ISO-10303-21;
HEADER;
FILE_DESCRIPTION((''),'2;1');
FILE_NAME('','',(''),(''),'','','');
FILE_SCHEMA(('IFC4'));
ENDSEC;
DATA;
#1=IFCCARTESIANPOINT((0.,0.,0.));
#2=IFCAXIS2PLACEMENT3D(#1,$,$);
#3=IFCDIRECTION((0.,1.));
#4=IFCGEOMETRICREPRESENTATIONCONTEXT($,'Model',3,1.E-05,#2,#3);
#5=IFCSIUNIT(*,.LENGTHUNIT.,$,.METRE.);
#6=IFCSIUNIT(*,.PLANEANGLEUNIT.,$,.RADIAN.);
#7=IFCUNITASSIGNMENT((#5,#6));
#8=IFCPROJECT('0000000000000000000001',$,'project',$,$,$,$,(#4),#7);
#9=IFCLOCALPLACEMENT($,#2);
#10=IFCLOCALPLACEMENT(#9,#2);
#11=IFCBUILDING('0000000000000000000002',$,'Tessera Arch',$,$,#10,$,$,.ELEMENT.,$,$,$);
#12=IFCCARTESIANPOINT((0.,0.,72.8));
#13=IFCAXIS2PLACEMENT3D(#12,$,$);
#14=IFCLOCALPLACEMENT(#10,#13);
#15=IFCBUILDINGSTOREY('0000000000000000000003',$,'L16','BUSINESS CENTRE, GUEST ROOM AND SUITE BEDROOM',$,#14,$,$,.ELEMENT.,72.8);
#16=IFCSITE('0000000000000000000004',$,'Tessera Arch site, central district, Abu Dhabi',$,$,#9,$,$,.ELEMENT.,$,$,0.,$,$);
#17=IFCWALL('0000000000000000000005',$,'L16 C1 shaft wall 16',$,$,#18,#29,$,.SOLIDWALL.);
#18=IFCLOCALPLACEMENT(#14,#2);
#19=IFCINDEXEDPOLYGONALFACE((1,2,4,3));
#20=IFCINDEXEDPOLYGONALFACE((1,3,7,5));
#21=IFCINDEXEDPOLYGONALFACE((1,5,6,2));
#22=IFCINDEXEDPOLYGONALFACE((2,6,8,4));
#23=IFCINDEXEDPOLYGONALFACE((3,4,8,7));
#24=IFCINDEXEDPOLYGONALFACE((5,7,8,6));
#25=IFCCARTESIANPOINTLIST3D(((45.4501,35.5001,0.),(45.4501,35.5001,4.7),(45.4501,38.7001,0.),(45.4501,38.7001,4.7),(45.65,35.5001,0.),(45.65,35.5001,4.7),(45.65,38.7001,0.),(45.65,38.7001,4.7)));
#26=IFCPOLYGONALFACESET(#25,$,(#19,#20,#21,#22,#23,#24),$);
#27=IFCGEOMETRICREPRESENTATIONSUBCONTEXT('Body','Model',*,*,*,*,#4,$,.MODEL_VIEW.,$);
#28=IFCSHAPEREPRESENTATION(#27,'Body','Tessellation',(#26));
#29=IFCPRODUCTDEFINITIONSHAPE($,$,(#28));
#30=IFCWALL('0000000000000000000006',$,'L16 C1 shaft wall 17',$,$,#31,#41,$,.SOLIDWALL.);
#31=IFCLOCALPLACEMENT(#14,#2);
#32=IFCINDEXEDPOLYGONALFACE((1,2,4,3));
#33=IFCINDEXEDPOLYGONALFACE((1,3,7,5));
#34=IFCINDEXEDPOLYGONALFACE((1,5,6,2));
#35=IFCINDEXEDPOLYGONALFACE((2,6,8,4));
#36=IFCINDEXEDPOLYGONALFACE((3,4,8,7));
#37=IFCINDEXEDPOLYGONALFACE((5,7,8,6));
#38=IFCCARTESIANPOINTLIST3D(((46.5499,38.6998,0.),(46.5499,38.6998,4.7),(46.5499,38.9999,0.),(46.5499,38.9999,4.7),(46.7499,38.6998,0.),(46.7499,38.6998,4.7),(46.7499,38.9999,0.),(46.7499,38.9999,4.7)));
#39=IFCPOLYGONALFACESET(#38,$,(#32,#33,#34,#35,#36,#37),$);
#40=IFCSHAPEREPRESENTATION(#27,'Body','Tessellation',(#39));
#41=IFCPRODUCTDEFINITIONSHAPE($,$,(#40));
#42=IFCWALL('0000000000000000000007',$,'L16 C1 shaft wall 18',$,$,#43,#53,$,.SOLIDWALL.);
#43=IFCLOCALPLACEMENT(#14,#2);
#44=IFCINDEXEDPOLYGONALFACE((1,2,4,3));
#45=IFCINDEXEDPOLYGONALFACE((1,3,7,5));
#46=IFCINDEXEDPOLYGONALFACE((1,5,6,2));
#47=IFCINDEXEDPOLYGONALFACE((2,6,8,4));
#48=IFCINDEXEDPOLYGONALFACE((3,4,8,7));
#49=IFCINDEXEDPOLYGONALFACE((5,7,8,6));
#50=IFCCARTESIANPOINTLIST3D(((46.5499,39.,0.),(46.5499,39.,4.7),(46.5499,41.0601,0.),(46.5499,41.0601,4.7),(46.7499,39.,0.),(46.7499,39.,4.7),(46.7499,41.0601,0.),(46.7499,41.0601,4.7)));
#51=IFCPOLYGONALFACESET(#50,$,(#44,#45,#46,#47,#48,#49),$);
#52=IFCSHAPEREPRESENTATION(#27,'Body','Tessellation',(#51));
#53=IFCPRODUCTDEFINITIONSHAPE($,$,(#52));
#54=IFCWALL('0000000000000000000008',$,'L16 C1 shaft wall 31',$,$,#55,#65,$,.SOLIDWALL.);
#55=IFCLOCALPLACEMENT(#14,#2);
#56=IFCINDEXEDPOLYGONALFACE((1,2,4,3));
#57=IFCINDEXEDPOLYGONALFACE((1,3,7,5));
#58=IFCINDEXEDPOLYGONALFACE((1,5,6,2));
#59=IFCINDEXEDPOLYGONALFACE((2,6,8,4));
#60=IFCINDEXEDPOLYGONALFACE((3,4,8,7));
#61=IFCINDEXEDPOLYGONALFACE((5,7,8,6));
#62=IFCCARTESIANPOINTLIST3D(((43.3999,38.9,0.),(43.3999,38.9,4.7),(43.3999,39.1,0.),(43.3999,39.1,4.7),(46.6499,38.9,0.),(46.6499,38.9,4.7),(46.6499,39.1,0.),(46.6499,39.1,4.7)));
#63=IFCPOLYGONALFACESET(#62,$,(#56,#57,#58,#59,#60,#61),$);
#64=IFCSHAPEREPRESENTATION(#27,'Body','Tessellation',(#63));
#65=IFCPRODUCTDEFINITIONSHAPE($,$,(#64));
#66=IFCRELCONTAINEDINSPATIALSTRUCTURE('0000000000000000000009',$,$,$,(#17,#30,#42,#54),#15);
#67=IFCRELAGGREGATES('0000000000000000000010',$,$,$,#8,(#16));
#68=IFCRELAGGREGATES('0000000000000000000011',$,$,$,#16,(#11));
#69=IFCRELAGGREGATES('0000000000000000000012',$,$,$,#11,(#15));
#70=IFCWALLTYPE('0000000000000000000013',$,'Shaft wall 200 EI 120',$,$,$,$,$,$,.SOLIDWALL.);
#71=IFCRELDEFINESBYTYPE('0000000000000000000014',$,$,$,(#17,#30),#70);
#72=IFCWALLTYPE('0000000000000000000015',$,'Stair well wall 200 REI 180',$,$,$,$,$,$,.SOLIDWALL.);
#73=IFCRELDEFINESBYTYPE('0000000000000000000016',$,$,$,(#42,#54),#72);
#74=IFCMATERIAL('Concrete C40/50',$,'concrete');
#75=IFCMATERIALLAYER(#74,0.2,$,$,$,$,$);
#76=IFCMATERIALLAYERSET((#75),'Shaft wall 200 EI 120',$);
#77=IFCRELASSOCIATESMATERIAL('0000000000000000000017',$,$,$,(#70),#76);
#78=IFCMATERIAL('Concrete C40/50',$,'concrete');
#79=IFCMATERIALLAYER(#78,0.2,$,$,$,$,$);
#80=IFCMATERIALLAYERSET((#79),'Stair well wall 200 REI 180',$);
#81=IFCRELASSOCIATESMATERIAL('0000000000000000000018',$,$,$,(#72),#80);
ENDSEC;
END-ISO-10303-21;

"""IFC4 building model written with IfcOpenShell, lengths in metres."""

from ifc_helpers import new_model, si_unit, direction, frame, frame_2d, origin, place, context, subcontext, project, spatial, rectangle, extrude, material, layer, layer_set, type_object, element, save


model = new_model("IFC4")

# Units and contexts
model_context = context("Model", 3, precision=1e-05, world=origin(), true_north=direction((0.0, 1.0)))
body_context = subcontext(model_context, "Body", "Model", "MODEL_VIEW")
ifc_project = project(units=[si_unit("LENGTHUNIT", "METRE"), si_unit("PLANEANGLEUNIT", "RADIAN")], contexts=[model_context])

# Site, building, storey
site_placement = place(None, origin())
site = spatial("IfcSite", under=ifc_project, at=site_placement, Name="Tessera Arch site, central district, Abu Dhabi", CompositionType="ELEMENT", RefElevation=0.0)
building_placement = place(site_placement, origin())
building = spatial("IfcBuilding", under=site, at=building_placement, Name="Tessera Arch", CompositionType="ELEMENT")
storey_placement = place(building_placement, frame((0.0, 0.0, 72.8)))
storey = spatial("IfcBuildingStorey", under=building, at=storey_placement, Name="L16", Description="BUSINESS CENTRE, GUEST ROOM AND SUITE BEDROOM", CompositionType="ELEMENT", Elevation=72.8)

# Walls
ifc_material_1 = material(Name="Concrete C40/50", Category="concrete")
ifc_layer_1 = layer(ifc_material_1, 0.2)
ifc_layer_set_1 = layer_set([ifc_layer_1], Name="Shaft wall 200 EI 120")
wall_type_1 = type_object("IfcWallType", Name="Shaft wall 200 EI 120", PredefinedType="SOLIDWALL", material=ifc_layer_set_1)
wall_1_placement = place(storey_placement, frame((45.55, 35.5, 0.0), z_axis=(0.0, 0.0, 1.0), x_axis=(0.0, 1.0, 0.0)))
element("IfcWall", 1, at=wall_1_placement, inside=storey, type_object=wall_type_1, Name="L16 C1 shaft wall 16", PredefinedType="SOLIDWALL", context=body_context, shape_type="SweptSolid", body=[
    extrude(rectangle(XDim=3.2, YDim=0.2, at=frame_2d((1.6001, 0.0))), origin(), (0.0, 0.0, 1.0), 4.7),
])
wall_2_placement = place(storey_placement, frame((46.6499, 38.7, 0.0), z_axis=(0.0, 0.0, 1.0), x_axis=(0.0, 1.0, 0.0)))
element("IfcWall", 2, at=wall_2_placement, inside=storey, type_object=wall_type_1, Name="L16 C1 shaft wall 17", PredefinedType="SOLIDWALL", context=body_context, shape_type="SweptSolid", body=[
    extrude(rectangle(XDim=0.3, YDim=0.2, at=frame_2d((0.1499, 0.0))), origin(), (0.0, 0.0, 1.0), 4.7),
])
ifc_material_2 = material(Name="Concrete C40/50", Category="concrete")
ifc_layer_2 = layer(ifc_material_2, 0.2)
ifc_layer_set_2 = layer_set([ifc_layer_2], Name="Stair well wall 200 REI 180")
wall_type_2 = type_object("IfcWallType", Name="Stair well wall 200 REI 180", PredefinedType="SOLIDWALL", material=ifc_layer_set_2)
wall_3_placement = place(storey_placement, frame((46.6499, 39.0, 0.0), z_axis=(0.0, 0.0, 1.0), x_axis=(0.0, 1.0, 0.0)))
element("IfcWall", 3, at=wall_3_placement, inside=storey, type_object=wall_type_2, Name="L16 C1 shaft wall 18", PredefinedType="SOLIDWALL", context=body_context, shape_type="SweptSolid", body=[
    extrude(rectangle(XDim=2.0601, YDim=0.2, at=frame_2d((1.03, 0.0))), origin(), (0.0, 0.0, 1.0), 4.7),
])
wall_4_placement = place(storey_placement, frame((43.3999, 39.0, 0.0), z_axis=(0.0, 0.0, 1.0), x_axis=(1.0, 0.0, 0.0)))
element("IfcWall", 4, at=wall_4_placement, inside=storey, type_object=wall_type_2, Name="L16 C1 shaft wall 31", PredefinedType="SOLIDWALL", context=body_context, shape_type="SweptSolid", body=[
    extrude(rectangle(XDim=3.25, YDim=0.2, at=frame_2d((1.625, 0.0))), origin(), (0.0, 0.0, 1.0), 4.7),
])

save(model, "model.ifc")
